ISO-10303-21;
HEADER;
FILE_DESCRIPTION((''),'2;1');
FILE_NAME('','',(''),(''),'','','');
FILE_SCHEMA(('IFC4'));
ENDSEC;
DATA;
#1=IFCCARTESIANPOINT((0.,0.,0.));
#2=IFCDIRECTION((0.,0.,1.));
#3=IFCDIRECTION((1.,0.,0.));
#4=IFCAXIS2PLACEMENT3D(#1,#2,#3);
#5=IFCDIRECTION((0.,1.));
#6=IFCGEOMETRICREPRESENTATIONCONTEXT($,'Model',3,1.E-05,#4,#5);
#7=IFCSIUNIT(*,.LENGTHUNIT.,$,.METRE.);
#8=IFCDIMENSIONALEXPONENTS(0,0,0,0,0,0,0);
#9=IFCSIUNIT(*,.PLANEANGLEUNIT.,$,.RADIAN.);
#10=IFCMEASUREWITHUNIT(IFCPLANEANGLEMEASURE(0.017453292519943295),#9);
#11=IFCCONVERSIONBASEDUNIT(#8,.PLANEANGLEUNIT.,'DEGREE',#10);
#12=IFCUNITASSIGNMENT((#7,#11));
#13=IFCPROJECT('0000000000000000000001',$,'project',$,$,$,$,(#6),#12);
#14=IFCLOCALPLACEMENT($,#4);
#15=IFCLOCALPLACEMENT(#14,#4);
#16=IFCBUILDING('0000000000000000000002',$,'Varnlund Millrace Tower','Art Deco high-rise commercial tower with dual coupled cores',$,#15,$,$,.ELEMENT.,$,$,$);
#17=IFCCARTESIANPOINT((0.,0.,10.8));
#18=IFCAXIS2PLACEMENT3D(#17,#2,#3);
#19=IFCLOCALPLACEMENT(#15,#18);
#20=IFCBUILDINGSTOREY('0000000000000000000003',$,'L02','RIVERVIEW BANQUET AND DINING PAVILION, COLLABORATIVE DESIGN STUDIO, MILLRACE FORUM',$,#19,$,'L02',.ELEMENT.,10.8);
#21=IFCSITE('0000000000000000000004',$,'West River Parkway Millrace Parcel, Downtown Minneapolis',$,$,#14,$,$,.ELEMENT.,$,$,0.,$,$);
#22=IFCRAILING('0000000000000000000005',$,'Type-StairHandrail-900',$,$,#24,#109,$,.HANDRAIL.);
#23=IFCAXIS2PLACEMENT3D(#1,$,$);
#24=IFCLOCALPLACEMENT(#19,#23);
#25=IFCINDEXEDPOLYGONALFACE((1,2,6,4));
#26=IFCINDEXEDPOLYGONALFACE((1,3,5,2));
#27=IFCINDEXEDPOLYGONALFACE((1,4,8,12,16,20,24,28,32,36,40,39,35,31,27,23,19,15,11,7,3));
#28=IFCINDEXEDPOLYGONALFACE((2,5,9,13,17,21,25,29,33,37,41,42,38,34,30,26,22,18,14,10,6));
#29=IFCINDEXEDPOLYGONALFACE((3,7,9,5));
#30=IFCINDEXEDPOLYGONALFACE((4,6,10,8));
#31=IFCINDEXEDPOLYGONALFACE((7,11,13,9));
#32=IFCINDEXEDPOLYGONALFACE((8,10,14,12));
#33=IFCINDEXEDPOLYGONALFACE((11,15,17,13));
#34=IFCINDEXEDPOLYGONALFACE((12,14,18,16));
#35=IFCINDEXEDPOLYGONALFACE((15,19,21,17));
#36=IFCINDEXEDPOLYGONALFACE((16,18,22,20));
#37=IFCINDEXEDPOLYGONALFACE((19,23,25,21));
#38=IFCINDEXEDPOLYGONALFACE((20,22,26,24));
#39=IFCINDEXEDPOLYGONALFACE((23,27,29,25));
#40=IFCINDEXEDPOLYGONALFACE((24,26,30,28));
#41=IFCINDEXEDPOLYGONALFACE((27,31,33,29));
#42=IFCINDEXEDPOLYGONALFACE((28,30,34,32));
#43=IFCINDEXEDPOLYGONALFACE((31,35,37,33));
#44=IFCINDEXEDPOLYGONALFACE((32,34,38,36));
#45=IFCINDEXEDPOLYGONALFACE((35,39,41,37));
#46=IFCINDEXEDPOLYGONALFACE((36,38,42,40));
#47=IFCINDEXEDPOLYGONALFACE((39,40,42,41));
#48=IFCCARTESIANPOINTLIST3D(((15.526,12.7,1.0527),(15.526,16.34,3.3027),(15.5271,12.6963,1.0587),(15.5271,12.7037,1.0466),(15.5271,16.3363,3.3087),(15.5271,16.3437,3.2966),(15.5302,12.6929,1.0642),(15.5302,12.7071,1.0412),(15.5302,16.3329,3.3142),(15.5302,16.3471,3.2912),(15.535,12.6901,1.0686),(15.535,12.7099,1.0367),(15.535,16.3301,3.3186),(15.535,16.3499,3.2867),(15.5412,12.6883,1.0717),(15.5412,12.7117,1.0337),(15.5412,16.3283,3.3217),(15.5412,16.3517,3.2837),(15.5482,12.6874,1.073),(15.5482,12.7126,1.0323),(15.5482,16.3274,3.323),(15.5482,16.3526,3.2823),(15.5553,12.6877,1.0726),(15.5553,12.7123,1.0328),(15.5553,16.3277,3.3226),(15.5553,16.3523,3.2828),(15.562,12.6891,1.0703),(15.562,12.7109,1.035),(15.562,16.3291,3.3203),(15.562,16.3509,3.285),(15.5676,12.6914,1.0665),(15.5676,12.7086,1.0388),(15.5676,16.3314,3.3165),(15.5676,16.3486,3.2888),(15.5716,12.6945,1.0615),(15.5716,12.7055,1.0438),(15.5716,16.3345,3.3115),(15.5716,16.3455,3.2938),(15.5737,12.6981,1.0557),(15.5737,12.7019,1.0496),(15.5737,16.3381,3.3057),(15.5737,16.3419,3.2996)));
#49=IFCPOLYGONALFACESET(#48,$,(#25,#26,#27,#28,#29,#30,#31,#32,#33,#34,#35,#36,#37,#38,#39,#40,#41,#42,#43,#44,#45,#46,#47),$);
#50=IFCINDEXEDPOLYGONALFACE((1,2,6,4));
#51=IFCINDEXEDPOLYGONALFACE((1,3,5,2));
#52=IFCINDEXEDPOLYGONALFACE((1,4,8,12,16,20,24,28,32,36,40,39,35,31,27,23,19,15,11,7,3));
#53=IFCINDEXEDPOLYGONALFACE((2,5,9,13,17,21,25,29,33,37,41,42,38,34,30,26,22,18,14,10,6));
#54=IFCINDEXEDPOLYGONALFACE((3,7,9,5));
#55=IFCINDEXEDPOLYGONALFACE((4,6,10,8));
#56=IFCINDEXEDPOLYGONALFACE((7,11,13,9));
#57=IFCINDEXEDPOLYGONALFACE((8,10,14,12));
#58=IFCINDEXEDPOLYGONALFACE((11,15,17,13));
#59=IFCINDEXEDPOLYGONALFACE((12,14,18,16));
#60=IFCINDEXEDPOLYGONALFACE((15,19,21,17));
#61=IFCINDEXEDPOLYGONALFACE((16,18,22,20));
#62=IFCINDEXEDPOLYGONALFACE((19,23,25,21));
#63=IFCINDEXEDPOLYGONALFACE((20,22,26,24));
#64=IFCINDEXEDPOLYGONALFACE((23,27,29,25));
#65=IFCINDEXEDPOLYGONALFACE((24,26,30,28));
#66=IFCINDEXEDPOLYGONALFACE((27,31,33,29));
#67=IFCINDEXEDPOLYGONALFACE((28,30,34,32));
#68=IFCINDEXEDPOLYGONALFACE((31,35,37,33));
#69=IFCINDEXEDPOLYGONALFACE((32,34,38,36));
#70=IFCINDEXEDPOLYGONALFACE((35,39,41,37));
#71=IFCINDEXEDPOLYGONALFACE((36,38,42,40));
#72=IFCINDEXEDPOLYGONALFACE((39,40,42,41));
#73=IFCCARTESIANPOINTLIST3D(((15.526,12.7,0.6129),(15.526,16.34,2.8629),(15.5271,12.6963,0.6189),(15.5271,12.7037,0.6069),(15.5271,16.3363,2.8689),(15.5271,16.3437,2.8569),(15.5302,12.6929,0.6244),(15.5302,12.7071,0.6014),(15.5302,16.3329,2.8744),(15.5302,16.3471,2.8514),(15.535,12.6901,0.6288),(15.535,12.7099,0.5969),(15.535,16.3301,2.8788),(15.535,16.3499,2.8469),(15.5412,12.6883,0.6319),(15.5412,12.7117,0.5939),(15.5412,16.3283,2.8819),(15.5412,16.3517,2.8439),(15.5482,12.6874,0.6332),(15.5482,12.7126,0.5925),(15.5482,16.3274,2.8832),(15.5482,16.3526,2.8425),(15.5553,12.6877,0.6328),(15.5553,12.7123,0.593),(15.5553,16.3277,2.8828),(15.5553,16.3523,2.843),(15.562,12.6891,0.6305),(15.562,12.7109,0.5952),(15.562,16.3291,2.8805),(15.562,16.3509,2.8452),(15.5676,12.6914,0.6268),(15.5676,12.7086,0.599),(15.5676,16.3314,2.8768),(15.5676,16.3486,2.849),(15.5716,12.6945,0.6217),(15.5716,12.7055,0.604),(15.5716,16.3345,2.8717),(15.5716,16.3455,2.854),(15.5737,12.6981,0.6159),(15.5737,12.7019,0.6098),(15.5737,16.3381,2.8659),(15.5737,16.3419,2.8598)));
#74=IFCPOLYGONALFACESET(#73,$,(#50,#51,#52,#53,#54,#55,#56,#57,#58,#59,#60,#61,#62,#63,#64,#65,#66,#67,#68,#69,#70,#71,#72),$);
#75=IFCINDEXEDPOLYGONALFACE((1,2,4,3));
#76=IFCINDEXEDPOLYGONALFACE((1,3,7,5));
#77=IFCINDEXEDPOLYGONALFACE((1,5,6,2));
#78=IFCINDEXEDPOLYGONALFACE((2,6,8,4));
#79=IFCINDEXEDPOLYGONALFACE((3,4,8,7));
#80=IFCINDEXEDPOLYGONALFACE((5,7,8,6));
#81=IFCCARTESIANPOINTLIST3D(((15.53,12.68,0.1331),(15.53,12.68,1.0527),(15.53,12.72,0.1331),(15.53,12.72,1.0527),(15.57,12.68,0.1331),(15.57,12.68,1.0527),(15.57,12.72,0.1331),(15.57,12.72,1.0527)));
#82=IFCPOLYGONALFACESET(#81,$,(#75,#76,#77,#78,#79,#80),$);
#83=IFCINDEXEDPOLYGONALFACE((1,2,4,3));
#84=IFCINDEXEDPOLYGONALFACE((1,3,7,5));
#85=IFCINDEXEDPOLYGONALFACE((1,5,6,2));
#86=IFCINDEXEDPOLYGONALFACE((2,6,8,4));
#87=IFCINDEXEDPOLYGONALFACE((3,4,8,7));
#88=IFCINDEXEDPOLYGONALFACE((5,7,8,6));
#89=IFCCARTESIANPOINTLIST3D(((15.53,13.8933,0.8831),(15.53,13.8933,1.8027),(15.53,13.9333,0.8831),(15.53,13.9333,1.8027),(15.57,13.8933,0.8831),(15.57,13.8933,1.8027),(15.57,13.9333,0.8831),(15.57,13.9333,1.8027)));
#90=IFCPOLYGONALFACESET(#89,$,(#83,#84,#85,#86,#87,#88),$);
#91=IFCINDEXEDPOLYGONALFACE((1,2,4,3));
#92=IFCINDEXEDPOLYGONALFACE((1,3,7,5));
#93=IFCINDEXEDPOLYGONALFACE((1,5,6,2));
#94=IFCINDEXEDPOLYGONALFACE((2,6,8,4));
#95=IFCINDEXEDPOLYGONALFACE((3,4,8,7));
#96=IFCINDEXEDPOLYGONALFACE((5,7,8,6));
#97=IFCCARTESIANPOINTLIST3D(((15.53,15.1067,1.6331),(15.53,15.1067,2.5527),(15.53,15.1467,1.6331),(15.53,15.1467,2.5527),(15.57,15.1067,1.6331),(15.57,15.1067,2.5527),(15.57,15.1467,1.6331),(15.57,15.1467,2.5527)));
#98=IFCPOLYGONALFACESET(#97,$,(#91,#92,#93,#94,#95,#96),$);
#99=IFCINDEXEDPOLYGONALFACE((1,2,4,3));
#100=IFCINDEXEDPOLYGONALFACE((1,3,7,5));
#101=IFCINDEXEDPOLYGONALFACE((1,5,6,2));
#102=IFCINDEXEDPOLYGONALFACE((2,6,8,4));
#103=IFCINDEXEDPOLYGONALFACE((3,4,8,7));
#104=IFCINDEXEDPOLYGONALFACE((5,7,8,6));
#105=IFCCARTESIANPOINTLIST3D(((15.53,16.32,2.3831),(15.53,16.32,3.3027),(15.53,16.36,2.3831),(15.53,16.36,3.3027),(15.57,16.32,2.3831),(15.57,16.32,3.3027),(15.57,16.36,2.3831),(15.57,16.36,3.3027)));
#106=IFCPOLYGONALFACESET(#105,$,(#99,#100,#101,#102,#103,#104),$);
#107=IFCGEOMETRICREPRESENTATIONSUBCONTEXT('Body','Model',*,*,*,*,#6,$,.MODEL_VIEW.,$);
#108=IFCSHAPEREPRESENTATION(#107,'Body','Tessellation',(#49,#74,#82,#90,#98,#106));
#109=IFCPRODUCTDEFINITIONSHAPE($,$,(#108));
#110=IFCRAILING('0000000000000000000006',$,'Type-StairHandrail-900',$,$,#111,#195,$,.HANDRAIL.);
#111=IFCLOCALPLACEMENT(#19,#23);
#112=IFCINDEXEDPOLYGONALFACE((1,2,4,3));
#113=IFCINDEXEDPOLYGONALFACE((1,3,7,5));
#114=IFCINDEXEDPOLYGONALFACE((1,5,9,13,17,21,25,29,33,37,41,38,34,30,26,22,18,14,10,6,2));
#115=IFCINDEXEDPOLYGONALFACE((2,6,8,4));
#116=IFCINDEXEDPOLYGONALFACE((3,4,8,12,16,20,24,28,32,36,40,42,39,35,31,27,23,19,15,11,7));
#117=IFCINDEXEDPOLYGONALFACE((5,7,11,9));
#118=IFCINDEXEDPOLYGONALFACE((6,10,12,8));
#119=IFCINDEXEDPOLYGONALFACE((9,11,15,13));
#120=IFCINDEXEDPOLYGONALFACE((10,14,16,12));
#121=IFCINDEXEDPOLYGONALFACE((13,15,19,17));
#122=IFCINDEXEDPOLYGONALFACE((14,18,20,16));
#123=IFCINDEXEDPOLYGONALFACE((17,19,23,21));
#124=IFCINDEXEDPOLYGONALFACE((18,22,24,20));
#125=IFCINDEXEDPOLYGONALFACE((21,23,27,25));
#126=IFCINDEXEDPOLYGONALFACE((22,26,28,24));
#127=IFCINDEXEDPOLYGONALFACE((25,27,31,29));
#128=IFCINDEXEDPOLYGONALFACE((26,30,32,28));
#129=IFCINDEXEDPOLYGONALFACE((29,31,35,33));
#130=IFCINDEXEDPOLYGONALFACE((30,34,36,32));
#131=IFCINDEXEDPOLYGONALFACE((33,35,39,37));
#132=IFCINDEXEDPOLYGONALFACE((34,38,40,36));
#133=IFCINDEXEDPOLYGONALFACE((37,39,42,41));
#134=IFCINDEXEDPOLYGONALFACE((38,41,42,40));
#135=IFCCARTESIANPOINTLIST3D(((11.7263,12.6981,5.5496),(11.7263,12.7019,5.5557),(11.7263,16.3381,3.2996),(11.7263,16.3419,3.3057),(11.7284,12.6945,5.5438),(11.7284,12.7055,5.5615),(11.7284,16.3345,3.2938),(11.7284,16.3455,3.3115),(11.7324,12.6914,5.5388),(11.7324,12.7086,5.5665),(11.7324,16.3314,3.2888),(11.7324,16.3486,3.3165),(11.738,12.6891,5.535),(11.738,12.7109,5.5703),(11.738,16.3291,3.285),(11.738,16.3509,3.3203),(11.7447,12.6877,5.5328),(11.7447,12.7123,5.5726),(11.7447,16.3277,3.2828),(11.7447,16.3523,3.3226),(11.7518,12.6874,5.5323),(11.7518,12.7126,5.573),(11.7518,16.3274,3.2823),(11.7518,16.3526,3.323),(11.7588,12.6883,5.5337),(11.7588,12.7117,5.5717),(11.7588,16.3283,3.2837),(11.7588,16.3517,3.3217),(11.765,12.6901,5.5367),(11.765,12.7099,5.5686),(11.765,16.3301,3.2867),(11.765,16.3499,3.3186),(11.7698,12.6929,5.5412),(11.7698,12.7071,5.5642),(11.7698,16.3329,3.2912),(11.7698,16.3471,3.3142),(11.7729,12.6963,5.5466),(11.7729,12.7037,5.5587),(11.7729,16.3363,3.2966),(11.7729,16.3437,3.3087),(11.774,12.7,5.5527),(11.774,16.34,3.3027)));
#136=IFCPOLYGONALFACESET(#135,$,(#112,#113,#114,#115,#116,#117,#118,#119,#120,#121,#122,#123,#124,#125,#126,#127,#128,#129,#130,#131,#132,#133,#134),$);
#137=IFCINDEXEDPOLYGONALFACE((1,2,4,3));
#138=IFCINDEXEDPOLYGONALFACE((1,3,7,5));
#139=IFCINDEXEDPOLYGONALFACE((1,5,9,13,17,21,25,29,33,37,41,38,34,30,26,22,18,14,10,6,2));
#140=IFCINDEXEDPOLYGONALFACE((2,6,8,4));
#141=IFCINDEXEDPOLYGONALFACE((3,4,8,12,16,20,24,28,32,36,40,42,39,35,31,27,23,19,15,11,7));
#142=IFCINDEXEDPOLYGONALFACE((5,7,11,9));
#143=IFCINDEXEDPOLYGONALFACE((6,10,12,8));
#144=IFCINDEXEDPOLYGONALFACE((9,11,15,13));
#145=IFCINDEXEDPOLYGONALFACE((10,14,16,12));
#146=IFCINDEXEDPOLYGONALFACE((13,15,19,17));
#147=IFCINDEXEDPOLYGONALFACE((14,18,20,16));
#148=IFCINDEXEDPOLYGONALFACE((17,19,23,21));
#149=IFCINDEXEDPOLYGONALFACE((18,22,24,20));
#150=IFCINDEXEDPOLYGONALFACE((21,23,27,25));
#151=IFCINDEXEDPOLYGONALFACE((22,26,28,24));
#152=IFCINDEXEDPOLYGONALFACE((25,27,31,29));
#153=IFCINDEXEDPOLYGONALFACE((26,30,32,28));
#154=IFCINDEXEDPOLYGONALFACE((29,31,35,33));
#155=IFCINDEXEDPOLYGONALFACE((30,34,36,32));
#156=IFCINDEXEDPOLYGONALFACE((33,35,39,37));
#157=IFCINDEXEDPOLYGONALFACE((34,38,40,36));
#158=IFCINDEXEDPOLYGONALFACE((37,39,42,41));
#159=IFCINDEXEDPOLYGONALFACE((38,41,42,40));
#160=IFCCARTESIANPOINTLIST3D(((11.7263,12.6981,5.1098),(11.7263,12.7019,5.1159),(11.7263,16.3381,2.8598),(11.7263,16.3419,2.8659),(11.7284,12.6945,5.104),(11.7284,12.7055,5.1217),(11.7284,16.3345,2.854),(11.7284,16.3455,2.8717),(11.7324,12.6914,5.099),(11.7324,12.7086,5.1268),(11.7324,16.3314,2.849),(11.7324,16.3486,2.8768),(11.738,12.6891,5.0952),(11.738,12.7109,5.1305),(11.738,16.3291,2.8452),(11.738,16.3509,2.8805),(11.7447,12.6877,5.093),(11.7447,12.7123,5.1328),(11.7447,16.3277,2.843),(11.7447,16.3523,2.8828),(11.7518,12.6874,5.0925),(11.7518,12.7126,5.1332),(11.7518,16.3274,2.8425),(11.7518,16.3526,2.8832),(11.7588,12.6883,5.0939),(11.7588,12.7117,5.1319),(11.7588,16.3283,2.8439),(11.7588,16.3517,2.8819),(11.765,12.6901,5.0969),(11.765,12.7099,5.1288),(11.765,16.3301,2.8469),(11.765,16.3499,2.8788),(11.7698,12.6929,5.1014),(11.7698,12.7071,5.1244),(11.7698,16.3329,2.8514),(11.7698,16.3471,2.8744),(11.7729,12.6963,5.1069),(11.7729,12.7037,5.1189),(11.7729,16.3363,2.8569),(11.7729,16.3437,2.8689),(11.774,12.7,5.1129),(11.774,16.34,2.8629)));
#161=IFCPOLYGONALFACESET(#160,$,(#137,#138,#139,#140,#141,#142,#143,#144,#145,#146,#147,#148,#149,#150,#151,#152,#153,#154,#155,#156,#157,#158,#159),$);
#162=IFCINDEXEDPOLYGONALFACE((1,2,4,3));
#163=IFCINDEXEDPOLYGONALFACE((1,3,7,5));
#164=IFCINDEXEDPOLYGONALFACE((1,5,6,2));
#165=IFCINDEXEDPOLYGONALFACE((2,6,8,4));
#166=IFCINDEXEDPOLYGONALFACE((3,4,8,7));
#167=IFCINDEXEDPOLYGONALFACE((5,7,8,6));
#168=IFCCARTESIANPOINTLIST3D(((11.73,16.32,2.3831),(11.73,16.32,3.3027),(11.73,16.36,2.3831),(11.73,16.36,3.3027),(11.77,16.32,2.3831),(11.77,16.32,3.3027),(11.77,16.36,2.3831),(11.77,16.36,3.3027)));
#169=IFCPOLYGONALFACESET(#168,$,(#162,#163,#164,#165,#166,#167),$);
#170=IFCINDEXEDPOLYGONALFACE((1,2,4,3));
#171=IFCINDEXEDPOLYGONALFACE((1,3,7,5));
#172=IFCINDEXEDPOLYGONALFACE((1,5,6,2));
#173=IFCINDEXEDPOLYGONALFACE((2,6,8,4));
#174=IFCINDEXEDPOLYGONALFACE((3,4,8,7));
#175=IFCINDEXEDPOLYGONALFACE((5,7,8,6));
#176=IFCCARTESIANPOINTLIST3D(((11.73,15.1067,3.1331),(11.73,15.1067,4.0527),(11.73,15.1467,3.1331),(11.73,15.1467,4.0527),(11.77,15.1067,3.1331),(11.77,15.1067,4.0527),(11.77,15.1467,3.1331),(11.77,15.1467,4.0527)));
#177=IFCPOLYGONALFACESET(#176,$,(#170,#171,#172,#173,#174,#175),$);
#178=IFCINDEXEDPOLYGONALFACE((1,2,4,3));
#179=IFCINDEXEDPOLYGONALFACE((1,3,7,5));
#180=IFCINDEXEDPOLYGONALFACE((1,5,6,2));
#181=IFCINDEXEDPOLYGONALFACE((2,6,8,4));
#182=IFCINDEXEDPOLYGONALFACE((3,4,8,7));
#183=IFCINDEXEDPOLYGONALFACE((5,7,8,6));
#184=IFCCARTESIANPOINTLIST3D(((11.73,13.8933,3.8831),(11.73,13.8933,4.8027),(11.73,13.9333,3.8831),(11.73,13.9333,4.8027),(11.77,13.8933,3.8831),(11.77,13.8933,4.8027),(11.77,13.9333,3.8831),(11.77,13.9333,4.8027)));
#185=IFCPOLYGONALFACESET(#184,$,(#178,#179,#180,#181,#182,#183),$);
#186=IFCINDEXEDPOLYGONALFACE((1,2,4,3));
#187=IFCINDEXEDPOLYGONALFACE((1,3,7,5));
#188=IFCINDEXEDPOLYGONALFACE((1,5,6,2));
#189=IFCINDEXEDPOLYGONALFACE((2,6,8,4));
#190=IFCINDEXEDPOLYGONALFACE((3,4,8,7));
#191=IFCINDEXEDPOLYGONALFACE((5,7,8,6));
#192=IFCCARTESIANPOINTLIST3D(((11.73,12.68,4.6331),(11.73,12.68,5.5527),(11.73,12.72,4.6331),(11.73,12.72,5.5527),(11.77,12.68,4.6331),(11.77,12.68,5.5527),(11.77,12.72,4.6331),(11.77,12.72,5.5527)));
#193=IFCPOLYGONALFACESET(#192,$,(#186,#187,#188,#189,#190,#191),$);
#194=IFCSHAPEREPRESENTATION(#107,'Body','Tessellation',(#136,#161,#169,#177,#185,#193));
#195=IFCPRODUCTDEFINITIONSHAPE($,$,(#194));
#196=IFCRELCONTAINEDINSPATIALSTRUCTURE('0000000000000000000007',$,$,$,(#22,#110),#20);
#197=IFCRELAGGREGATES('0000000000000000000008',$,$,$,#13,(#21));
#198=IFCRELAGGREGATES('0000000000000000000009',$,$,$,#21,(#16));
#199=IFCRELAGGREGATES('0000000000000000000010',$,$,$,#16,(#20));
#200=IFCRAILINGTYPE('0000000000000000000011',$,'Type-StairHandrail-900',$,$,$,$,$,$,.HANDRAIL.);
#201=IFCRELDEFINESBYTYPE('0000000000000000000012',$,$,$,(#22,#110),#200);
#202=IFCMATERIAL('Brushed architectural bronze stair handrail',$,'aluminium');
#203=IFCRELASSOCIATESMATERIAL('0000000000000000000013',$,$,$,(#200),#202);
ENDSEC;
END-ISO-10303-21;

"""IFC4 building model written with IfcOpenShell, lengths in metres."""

from ifc_helpers import new_model, entity, si_unit, converted_unit, direction, frame, origin_with_axes, origin_2d_with_axis, place, context, subcontext, project, spatial, rectangle, circle, extrude, material, type_object, element, save


model = new_model("IFC4")

# Units and contexts
model_context = context("Model", 3, precision=1e-05, world=origin_with_axes(), true_north=direction((0.0, 1.0)))
body_context = subcontext(model_context, "Body", "Model", "MODEL_VIEW")
ifc_project = project(units=[si_unit("LENGTHUNIT", "METRE"), converted_unit("PLANEANGLEUNIT", "DEGREE", entity("IfcPlaneAngleMeasure", 0.017453292519943295), si_unit("PLANEANGLEUNIT", "RADIAN"), dimensions=[0, 0, 0, 0, 0, 0, 0])], contexts=[model_context])

# Site, building, storey
site_placement = place(None, origin_with_axes())
site = spatial("IfcSite", under=ifc_project, at=site_placement, Name="West River Parkway Millrace Parcel, Downtown Minneapolis", CompositionType="ELEMENT", RefElevation=0.0)
building_placement = place(site_placement, origin_with_axes())
building = spatial("IfcBuilding", under=site, at=building_placement, Name="Varnlund Millrace Tower", Description="Art Deco high-rise commercial tower with dual coupled cores", CompositionType="ELEMENT")
storey_placement = place(building_placement, frame((0.0, 0.0, 10.8), z_axis=(0.0, 0.0, 1.0), x_axis=(1.0, 0.0, 0.0)))
storey = spatial("IfcBuildingStorey", under=building, at=storey_placement, Name="L02", Description="RIVERVIEW BANQUET AND DINING PAVILION, COLLABORATIVE DESIGN STUDIO, MILLRACE FORUM", LongName="L02", CompositionType="ELEMENT", Elevation=10.8)

# Railings
ifc_material_1 = material(Name="Brushed architectural bronze stair handrail", Category="aluminium")
railing_type_1 = type_object("IfcRailingType", Name="Type-StairHandrail-900", PredefinedType="HANDRAIL", material=ifc_material_1)
railing_1_placement = place(storey_placement, frame((0.0, 0.0, -10.8), z_axis=(0.0, 0.0, 1.0), x_axis=(1.0, 0.0, 0.0)))
element("IfcRailing", 1, at=railing_1_placement, inside=storey, type_object=railing_type_1, Name="Type-StairHandrail-900", PredefinedType="HANDRAIL", context=body_context, shape_type="SweptSolid", body=[
    extrude(circle(Radius=0.024, at=origin_2d_with_axis()), frame((15.55, 12.7, 11.8527), z_axis=(0.0, 0.850614, 0.525791), x_axis=(-1.0, 0.0, 0.0)), (0.0, 0.0, 1.0), 4.2793),
    extrude(circle(Radius=0.024, at=origin_2d_with_axis()), frame((15.55, 12.7, 11.4129), z_axis=(0.0, 0.850614, 0.525791), x_axis=(-1.0, 0.0, 0.0)), (0.0, 0.0, 1.0), 4.2793),
    extrude(rectangle(XDim=0.04, YDim=0.04, at=origin_2d_with_axis()), frame((15.55, 12.7, 10.9331), z_axis=(0.0, 0.0, 1.0), x_axis=(1.0, 0.0, 0.0)), (0.0, 0.0, 1.0), 0.9196),
    extrude(rectangle(XDim=0.04, YDim=0.04, at=origin_2d_with_axis()), frame((15.55, 13.9133, 11.6831), z_axis=(0.0, 0.0, 1.0), x_axis=(1.0, 0.0, 0.0)), (0.0, 0.0, 1.0), 0.9196),
    extrude(rectangle(XDim=0.04, YDim=0.04, at=origin_2d_with_axis()), frame((15.55, 15.1267, 12.4331), z_axis=(0.0, 0.0, 1.0), x_axis=(1.0, 0.0, 0.0)), (0.0, 0.0, 1.0), 0.9196),
    extrude(rectangle(XDim=0.04, YDim=0.04, at=origin_2d_with_axis()), frame((15.55, 16.34, 13.1831), z_axis=(0.0, 0.0, 1.0), x_axis=(1.0, 0.0, 0.0)), (0.0, 0.0, 1.0), 0.9196),
])
railing_2_placement = place(storey_placement, frame((0.0, 0.0, -10.8), z_axis=(0.0, 0.0, 1.0), x_axis=(1.0, 0.0, 0.0)))
element("IfcRailing", 2, at=railing_2_placement, inside=storey, type_object=railing_type_1, Name="Type-StairHandrail-900", PredefinedType="HANDRAIL", context=body_context, shape_type="SweptSolid", body=[
    extrude(circle(Radius=0.024, at=origin_2d_with_axis()), frame((11.75, 16.34, 14.1027), z_axis=(0.0, -0.850614, 0.525791), x_axis=(1.0, 0.0, 0.0)), (0.0, 0.0, 1.0), 4.2793),
    extrude(circle(Radius=0.024, at=origin_2d_with_axis()), frame((11.75, 16.34, 13.6629), z_axis=(0.0, -0.850614, 0.525791), x_axis=(1.0, 0.0, 0.0)), (0.0, 0.0, 1.0), 4.2793),
    extrude(rectangle(XDim=0.04, YDim=0.04, at=origin_2d_with_axis()), frame((11.75, 16.34, 13.1831), z_axis=(0.0, 0.0, 1.0), x_axis=(1.0, 0.0, 0.0)), (0.0, 0.0, 1.0), 0.9196),
    extrude(rectangle(XDim=0.04, YDim=0.04, at=origin_2d_with_axis()), frame((11.75, 15.1267, 13.9331), z_axis=(0.0, 0.0, 1.0), x_axis=(1.0, 0.0, 0.0)), (0.0, 0.0, 1.0), 0.9196),
    extrude(rectangle(XDim=0.04, YDim=0.04, at=origin_2d_with_axis()), frame((11.75, 13.9133, 14.6831), z_axis=(0.0, 0.0, 1.0), x_axis=(1.0, 0.0, 0.0)), (0.0, 0.0, 1.0), 0.9196),
    extrude(rectangle(XDim=0.04, YDim=0.04, at=origin_2d_with_axis()), frame((11.75, 12.7, 15.4331), z_axis=(0.0, 0.0, 1.0), x_axis=(1.0, 0.0, 0.0)), (0.0, 0.0, 1.0), 0.9196),
])

save(model, "model.ifc")
